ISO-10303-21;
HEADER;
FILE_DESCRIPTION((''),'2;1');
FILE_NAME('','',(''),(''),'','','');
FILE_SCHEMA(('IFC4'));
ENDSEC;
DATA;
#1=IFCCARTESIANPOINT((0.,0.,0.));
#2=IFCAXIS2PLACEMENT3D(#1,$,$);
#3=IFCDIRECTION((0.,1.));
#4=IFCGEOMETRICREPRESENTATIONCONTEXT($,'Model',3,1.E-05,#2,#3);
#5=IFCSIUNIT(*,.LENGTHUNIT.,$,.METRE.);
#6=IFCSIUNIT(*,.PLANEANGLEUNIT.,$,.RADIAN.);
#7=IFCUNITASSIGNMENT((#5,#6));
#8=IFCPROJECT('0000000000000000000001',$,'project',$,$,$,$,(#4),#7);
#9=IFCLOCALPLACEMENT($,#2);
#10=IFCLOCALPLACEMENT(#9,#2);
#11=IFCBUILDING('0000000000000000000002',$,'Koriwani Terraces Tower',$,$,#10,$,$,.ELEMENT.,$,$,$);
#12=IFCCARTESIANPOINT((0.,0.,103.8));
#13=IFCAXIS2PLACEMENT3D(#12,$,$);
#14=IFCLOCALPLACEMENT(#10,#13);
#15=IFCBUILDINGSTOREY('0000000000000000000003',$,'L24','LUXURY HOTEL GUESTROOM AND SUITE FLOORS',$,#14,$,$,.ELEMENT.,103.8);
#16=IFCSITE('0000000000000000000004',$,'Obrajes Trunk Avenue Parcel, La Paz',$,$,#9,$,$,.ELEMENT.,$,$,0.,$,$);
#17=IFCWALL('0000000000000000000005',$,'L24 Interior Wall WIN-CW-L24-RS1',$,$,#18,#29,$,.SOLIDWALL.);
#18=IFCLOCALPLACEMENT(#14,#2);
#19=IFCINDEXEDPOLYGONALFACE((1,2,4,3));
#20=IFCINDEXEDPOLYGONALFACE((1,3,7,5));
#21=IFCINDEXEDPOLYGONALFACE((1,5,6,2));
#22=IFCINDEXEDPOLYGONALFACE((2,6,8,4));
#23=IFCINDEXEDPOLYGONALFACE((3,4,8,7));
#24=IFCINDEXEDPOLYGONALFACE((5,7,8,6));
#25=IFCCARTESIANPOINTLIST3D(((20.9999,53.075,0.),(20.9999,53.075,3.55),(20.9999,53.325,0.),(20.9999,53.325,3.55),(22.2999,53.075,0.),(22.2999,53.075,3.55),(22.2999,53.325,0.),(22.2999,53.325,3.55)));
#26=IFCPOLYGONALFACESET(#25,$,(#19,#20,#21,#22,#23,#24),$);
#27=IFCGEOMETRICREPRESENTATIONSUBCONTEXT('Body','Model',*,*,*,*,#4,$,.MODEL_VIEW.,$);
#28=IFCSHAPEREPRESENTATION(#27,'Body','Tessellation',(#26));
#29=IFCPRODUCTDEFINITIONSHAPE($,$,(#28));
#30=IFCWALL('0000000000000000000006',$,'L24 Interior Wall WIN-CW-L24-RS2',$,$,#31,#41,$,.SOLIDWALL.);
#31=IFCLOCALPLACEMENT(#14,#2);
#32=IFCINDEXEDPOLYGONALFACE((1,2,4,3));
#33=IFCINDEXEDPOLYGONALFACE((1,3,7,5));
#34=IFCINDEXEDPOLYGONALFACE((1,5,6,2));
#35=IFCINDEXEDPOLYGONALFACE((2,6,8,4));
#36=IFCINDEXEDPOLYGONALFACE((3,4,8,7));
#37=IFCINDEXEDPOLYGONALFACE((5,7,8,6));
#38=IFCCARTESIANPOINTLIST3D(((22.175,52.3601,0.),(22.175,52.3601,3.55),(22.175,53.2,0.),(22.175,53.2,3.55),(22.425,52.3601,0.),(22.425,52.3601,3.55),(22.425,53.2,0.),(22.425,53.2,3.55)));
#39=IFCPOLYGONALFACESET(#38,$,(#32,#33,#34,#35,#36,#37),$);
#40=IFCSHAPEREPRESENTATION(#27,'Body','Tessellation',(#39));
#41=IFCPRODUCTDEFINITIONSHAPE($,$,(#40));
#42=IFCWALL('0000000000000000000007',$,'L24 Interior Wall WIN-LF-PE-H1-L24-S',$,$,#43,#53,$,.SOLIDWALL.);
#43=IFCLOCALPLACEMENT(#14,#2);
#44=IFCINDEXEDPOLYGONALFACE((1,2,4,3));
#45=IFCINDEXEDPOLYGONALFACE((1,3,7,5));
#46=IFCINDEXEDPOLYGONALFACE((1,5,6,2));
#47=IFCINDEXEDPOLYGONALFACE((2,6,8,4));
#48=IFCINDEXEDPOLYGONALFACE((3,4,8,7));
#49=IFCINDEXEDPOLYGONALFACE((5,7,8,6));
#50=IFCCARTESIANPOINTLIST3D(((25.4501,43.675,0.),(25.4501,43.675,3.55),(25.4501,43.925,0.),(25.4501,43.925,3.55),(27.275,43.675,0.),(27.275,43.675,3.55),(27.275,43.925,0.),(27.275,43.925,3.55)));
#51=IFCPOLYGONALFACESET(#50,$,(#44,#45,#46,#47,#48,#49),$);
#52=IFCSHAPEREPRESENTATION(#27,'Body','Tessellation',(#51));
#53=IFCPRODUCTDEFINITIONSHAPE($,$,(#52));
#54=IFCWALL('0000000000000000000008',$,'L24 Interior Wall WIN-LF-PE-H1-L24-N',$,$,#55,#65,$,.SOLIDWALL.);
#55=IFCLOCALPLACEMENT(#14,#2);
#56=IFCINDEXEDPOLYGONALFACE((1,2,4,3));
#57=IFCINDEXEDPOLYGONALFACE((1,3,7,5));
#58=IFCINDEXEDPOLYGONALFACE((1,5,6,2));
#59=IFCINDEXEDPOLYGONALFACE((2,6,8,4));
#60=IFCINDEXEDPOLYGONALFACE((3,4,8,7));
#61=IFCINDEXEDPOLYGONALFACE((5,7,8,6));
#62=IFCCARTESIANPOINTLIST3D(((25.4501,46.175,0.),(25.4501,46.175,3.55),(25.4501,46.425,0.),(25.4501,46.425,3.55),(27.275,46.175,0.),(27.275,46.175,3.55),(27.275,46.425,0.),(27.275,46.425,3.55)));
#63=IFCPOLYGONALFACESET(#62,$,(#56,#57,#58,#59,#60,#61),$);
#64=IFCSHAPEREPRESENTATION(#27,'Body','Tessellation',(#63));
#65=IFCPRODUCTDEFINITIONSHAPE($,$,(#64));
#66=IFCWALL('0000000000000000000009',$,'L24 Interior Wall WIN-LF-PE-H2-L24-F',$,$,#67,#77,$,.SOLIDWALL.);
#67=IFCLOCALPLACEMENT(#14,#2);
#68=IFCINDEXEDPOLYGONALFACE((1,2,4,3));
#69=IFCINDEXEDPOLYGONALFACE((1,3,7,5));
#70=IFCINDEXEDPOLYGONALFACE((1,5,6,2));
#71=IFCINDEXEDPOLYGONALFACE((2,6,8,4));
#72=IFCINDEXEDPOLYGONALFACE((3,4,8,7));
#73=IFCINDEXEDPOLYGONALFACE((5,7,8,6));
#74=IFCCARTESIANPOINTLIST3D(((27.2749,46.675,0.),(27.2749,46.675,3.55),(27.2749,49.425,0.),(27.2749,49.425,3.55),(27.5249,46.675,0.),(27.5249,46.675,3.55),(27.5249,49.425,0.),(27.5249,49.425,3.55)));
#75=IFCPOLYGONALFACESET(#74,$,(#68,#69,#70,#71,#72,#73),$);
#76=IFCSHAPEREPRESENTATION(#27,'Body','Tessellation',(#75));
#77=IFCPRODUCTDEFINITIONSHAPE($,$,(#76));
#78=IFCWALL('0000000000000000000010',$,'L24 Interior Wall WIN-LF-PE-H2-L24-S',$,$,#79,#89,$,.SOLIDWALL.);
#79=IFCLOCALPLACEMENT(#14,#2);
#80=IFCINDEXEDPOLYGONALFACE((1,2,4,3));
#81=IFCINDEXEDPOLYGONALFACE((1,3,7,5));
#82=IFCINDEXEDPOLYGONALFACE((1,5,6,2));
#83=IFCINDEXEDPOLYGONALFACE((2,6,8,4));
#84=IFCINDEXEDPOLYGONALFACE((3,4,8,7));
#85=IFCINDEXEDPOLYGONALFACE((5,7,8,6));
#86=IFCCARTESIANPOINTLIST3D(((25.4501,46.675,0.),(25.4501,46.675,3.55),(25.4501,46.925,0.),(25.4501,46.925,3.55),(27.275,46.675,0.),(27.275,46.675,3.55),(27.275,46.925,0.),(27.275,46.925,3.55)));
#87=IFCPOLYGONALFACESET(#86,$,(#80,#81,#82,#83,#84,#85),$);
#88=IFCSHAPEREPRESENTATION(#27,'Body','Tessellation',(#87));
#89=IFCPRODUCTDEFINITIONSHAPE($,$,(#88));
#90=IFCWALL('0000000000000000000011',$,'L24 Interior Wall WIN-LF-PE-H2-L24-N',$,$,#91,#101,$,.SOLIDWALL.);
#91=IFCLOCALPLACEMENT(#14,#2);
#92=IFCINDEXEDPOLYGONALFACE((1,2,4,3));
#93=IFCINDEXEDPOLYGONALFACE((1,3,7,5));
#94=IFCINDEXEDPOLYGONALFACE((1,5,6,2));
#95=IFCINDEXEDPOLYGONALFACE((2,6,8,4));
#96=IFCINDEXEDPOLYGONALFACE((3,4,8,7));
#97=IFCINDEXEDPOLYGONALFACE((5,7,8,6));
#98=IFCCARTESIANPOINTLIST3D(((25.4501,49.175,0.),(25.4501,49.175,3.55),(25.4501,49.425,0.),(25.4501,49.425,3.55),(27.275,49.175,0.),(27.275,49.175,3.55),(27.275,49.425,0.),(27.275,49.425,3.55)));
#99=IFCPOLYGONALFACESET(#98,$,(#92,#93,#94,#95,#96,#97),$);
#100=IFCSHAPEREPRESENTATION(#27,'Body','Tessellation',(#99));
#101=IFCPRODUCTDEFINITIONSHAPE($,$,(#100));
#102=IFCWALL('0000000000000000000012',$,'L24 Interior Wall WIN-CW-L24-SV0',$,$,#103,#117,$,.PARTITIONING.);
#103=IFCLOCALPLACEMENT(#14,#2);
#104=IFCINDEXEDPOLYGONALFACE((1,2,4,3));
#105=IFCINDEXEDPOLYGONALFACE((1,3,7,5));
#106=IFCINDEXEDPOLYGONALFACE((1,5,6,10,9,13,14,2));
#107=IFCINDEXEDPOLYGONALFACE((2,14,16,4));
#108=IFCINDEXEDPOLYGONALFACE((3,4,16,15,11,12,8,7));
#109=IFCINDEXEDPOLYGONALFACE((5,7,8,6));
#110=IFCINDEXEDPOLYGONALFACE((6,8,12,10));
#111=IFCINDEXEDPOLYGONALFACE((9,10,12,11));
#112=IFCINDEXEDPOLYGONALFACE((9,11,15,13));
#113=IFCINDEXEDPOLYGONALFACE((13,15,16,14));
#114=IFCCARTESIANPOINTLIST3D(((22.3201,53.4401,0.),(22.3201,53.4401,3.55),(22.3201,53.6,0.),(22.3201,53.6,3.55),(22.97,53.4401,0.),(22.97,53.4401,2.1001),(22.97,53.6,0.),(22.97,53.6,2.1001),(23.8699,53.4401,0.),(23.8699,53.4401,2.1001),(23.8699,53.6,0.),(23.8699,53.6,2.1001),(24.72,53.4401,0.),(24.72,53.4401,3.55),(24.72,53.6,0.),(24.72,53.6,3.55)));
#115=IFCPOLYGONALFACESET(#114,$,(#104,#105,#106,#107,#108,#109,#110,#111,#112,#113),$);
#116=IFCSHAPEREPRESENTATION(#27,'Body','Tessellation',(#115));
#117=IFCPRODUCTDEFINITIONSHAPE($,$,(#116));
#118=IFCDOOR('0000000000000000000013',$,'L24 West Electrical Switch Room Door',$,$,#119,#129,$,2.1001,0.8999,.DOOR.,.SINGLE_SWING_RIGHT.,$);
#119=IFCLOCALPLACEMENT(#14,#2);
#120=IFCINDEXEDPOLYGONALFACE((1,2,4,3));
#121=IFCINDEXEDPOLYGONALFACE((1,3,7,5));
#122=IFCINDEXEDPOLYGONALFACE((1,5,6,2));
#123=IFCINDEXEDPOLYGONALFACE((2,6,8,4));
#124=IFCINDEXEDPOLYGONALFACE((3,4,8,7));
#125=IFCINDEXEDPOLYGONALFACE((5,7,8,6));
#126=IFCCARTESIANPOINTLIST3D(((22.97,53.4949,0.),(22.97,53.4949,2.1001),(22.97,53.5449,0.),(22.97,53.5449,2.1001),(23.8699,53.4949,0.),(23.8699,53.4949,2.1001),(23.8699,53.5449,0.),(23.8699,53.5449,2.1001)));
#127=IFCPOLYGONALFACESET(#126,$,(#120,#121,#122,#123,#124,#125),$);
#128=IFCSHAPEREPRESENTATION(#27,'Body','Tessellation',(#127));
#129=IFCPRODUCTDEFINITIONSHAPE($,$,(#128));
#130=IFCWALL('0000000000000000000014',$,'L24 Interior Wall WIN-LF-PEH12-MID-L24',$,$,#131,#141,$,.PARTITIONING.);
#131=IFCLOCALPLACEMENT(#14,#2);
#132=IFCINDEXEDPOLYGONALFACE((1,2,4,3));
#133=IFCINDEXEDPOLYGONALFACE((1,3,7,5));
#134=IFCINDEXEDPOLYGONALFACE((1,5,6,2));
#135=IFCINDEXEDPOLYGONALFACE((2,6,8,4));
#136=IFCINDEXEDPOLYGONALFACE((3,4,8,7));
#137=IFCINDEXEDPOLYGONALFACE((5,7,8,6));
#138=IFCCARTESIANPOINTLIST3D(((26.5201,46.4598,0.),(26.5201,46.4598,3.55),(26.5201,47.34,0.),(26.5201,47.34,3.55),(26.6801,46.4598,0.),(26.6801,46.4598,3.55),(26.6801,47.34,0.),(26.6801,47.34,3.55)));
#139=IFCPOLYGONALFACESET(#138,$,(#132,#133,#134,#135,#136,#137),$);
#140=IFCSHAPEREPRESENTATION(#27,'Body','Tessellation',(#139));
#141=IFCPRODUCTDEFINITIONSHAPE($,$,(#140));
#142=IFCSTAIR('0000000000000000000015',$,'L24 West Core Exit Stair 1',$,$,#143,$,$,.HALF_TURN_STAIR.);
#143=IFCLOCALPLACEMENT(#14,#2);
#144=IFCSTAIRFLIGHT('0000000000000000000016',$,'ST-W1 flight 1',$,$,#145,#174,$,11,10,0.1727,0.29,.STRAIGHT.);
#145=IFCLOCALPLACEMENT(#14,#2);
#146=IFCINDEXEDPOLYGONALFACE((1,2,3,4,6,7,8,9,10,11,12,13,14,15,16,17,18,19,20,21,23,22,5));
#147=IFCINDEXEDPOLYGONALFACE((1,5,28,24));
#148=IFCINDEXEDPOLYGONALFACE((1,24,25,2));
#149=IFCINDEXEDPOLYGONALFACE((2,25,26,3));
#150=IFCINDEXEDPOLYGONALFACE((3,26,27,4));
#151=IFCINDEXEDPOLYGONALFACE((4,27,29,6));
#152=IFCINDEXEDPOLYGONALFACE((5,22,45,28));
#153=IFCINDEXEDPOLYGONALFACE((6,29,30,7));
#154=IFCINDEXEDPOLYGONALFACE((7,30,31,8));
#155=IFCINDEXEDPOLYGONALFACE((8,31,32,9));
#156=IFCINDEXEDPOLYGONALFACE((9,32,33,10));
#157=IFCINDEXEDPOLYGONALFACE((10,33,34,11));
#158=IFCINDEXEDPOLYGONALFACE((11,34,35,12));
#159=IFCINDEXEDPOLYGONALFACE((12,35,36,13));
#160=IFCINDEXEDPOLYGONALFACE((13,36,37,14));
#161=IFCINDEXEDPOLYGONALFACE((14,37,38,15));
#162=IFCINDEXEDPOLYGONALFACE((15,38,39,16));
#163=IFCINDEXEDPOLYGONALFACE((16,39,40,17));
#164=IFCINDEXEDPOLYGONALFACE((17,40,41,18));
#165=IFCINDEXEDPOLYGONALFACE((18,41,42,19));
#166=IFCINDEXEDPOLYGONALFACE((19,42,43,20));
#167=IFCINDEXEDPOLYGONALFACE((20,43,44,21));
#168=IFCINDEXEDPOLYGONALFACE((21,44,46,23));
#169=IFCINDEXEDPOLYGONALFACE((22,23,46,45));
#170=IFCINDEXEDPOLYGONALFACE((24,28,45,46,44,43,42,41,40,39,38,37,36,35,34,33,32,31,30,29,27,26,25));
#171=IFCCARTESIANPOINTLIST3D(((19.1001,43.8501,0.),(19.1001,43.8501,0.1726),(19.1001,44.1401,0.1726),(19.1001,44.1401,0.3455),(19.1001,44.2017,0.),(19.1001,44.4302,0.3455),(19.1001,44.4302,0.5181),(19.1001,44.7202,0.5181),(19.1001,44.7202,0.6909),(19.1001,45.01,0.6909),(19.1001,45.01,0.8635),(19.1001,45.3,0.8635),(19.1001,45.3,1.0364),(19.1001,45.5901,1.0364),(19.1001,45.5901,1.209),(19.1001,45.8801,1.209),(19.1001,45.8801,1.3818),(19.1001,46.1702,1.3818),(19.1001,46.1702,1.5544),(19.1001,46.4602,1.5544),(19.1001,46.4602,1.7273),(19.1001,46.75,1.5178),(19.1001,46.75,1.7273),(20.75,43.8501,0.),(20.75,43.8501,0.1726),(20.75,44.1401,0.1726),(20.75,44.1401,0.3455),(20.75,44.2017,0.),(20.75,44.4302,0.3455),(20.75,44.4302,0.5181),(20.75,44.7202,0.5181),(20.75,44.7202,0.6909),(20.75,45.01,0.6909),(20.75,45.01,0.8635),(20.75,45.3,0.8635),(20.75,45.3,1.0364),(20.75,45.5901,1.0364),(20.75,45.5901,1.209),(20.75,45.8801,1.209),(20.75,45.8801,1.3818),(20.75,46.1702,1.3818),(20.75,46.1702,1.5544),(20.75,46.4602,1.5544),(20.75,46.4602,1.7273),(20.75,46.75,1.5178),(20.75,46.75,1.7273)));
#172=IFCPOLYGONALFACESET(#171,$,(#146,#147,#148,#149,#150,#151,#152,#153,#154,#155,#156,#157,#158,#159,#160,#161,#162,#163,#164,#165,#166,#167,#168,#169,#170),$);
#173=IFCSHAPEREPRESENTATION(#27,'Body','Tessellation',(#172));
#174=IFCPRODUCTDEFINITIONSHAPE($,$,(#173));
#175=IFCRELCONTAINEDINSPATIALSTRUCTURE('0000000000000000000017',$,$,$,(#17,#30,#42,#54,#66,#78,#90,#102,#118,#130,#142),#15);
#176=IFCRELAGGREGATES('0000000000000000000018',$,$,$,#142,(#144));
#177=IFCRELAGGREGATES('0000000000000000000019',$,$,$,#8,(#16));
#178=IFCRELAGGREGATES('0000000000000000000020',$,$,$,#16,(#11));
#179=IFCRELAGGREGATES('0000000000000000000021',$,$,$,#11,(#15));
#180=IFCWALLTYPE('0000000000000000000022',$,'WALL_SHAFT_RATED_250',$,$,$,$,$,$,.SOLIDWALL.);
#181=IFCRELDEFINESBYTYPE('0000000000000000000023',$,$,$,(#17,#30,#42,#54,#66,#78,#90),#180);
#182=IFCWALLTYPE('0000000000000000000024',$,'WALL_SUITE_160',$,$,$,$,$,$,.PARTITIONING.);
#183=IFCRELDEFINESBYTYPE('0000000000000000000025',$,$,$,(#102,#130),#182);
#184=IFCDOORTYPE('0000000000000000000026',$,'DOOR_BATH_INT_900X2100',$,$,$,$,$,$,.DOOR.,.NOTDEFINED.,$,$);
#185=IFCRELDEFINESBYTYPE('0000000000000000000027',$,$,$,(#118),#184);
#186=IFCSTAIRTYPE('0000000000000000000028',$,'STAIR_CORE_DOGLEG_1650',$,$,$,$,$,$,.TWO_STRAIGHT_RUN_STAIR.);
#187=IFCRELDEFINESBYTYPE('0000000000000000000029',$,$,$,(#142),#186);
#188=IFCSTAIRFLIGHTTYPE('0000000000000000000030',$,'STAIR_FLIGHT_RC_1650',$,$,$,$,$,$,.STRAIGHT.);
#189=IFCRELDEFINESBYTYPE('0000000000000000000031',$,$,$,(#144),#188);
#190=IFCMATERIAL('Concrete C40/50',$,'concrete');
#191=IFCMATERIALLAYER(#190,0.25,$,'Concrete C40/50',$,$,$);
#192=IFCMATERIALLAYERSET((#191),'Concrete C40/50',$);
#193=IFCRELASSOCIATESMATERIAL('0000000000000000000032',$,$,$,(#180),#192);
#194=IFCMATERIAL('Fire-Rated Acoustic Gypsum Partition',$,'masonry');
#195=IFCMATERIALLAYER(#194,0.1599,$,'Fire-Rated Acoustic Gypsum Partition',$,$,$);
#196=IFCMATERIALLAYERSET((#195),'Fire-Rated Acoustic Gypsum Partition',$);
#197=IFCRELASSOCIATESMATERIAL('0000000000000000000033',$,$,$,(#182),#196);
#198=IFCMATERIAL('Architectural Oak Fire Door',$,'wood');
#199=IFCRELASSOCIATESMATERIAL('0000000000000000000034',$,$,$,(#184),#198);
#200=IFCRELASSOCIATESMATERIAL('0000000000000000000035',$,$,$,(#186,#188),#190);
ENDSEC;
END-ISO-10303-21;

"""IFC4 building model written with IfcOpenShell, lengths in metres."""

from ifc_helpers import new_model, si_unit, direction, frame, frame_2d, origin, place, context, subcontext, project, spatial, polyline, rectangle, outline, extrude, material, layer, layer_set, type_object, element, fill, aggregate, save


model = new_model("IFC4")

# Units and contexts
model_context = context("Model", 3, precision=1e-05, world=origin(), true_north=direction((0.0, 1.0)))
body_context = subcontext(model_context, "Body", "Model", "MODEL_VIEW")
ifc_project = project(units=[si_unit("LENGTHUNIT", "METRE"), si_unit("PLANEANGLEUNIT", "RADIAN")], contexts=[model_context])

# Site, building, storey
site_placement = place(None, origin())
site = spatial("IfcSite", under=ifc_project, at=site_placement, Name="Obrajes Trunk Avenue Parcel, La Paz", CompositionType="ELEMENT", RefElevation=0.0)
building_placement = place(site_placement, origin())
building = spatial("IfcBuilding", under=site, at=building_placement, Name="Koriwani Terraces Tower", CompositionType="ELEMENT")
storey_placement = place(building_placement, frame((0.0, 0.0, 103.8)))
storey = spatial("IfcBuildingStorey", under=building, at=storey_placement, Name="L24", Description="LUXURY HOTEL GUESTROOM AND SUITE FLOORS", CompositionType="ELEMENT", Elevation=103.8)

# Shared definitions
ifc_material_1 = material(Name="Architectural Oak Fire Door", Category="wood")

# Shared definitions
ifc_material_2 = material(Name="Concrete C40/50", Category="concrete")
ifc_layer_1 = layer(ifc_material_2, 0.25, Name="Concrete C40/50")
ifc_layer_set_1 = layer_set([ifc_layer_1], Name="Concrete C40/50")
wall_type_1 = type_object("IfcWallType", Name="WALL_SHAFT_RATED_250", PredefinedType="SOLIDWALL", material=ifc_layer_set_1)

# Walls
wall_1_placement = place(storey_placement, frame((21.0, 53.2, 0.0), z_axis=(0.0, 0.0, 1.0), x_axis=(1.0, 0.0, 0.0)))
element("IfcWall", 1, at=wall_1_placement, inside=storey, type_object=wall_type_1, Name="L24 Interior Wall WIN-CW-L24-RS1", PredefinedType="SOLIDWALL", context=body_context, shape_type="SweptSolid", body=[
    extrude(rectangle(XDim=1.3, YDim=0.25, at=frame_2d((0.6499, 0.0))), origin(), (0.0, 0.0, 1.0), 3.55),
])
wall_2_placement = place(storey_placement, frame((22.3, 52.3601, 0.0), z_axis=(0.0, 0.0, 1.0), x_axis=(0.0, 1.0, 0.0)))
element("IfcWall", 2, at=wall_2_placement, inside=storey, type_object=wall_type_1, Name="L24 Interior Wall WIN-CW-L24-RS2", PredefinedType="SOLIDWALL", context=body_context, shape_type="SweptSolid", body=[
    extrude(rectangle(XDim=0.8398, YDim=0.25, at=frame_2d((0.4199, 0.0))), origin(), (0.0, 0.0, 1.0), 3.55),
])
for number, where, z_axis, x_axis, name in (
    (3, (25.45, 43.8, 0.0), (0.0, 0.0, 1.0), (1.0, 0.0, 0.0), "L24 Interior Wall WIN-LF-PE-H1-L24-S"),
    (4, (25.45, 46.3, 0.0), (0.0, 0.0, 1.0), (1.0, 0.0, 0.0), "L24 Interior Wall WIN-LF-PE-H1-L24-N"),
):
    element("IfcWall", number, at=place(storey_placement, frame(where, z_axis=z_axis, x_axis=x_axis)), inside=storey, type_object=wall_type_1, Name=name, PredefinedType="SOLIDWALL", context=body_context, shape_type="SweptSolid", body=[
        extrude(rectangle(XDim=1.825, YDim=0.25, at=frame_2d((0.9126, 0.0))), origin(), (0.0, 0.0, 1.0), 3.55),
    ])
wall_3_placement = place(storey_placement, frame((27.3999, 46.675, 0.0), z_axis=(0.0, 0.0, 1.0), x_axis=(0.0, 1.0, 0.0)))
element("IfcWall", 5, at=wall_3_placement, inside=storey, type_object=wall_type_1, Name="L24 Interior Wall WIN-LF-PE-H2-L24-F", PredefinedType="SOLIDWALL", context=body_context, shape_type="SweptSolid", body=[
    extrude(rectangle(XDim=2.75, YDim=0.25, at=frame_2d((1.375, 0.0))), origin(), (0.0, 0.0, 1.0), 3.55),
])
for number, where, z_axis, x_axis, name in (
    (6, (25.45, 46.8, 0.0), (0.0, 0.0, 1.0), (1.0, 0.0, 0.0), "L24 Interior Wall WIN-LF-PE-H2-L24-S"),
    (7, (25.45, 49.3, 0.0), (0.0, 0.0, 1.0), (1.0, 0.0, 0.0), "L24 Interior Wall WIN-LF-PE-H2-L24-N"),
):
    element("IfcWall", number, at=place(storey_placement, frame(where, z_axis=z_axis, x_axis=x_axis)), inside=storey, type_object=wall_type_1, Name=name, PredefinedType="SOLIDWALL", context=body_context, shape_type="SweptSolid", body=[
        extrude(rectangle(XDim=1.825, YDim=0.25, at=frame_2d((0.9126, 0.0))), origin(), (0.0, 0.0, 1.0), 3.55),
    ])

# Wall, opening, door
ifc_material_3 = material(Name="Fire-Rated Acoustic Gypsum Partition", Category="masonry")
ifc_layer_2 = layer(ifc_material_3, 0.1599, Name="Fire-Rated Acoustic Gypsum Partition")
ifc_layer_set_2 = layer_set([ifc_layer_2], Name="Fire-Rated Acoustic Gypsum Partition")
wall_type_2 = type_object("IfcWallType", Name="WALL_SUITE_160", PredefinedType="PARTITIONING", material=ifc_layer_set_2)
wall_4_placement = place(storey_placement, frame((22.3201, 53.52, 0.0), z_axis=(0.0, 0.0, 1.0), x_axis=(1.0, 0.0, 0.0)))
wall_4 = element("IfcWall", 8, at=wall_4_placement, inside=storey, type_object=wall_type_2, Name="L24 Interior Wall WIN-CW-L24-SV0", PredefinedType="PARTITIONING", context=body_context, shape_type="SweptSolid", body=[
    extrude(rectangle(XDim=2.3999, YDim=0.1599, at=frame_2d((1.2, 0.0))), origin(), (0.0, 0.0, 1.0), 3.55),
])
opening_1_placement = place(wall_4_placement, frame((0.6499, 0.0, 0.0)))
opening_1 = element("IfcOpeningElement", 9, at=opening_1_placement, cuts=wall_4, PredefinedType="OPENING", context=body_context, shape_type="SweptSolid", body=[
    extrude(rectangle(XDim=0.8999, YDim=2.1001, at=frame_2d((0.45, 1.05))), frame((0.0, 0.0898, 0.0), z_axis=(0.0, -1.0, 0.0), x_axis=(1.0, 0.0, 0.0)), (0.0, 0.0, 1.0), 0.1799),
])
door_type_1 = type_object("IfcDoorType", Name="DOOR_BATH_INT_900X2100", OperationType="NOTDEFINED", PredefinedType="DOOR", material=ifc_material_1)
door_1_placement = place(opening_1_placement, origin())
door_1 = element("IfcDoor", 10, at=door_1_placement, inside=storey, type_object=door_type_1, Name="L24 West Electrical Switch Room Door", OperationType="SINGLE_SWING_RIGHT", OverallHeight=2.1001, OverallWidth=0.8999, PredefinedType="DOOR", context=body_context, shape_type="SweptSolid", body=[
    extrude(rectangle(XDim=0.8999, YDim=2.1001, at=frame_2d((0.45, 1.05))), frame((0.0, 0.0249, 0.0), z_axis=(0.0, -1.0, 0.0), x_axis=(1.0, 0.0, 0.0)), (0.0, 0.0, 1.0), 0.05),
])
fill(opening_1, door_1)

# Wall
wall_5_placement = place(storey_placement, frame((26.6001, 46.46, 0.0), z_axis=(0.0, 0.0, 1.0), x_axis=(0.0, 1.0, 0.0)))
element("IfcWall", 11, at=wall_5_placement, inside=storey, type_object=wall_type_2, Name="L24 Interior Wall WIN-LF-PEH12-MID-L24", PredefinedType="PARTITIONING", context=body_context, shape_type="SweptSolid", body=[
    extrude(rectangle(XDim=0.8801, YDim=0.1599, at=frame_2d((0.4399, 0.0))), origin(), (0.0, 0.0, 1.0), 3.55),
])

# Stair, stair flight
stair_type = type_object("IfcStairType", Name="STAIR_CORE_DOGLEG_1650", PredefinedType="TWO_STRAIGHT_RUN_STAIR", material=ifc_material_2)
stair_1_placement = place(storey_placement, origin())
stair_1 = element("IfcStair", 12, at=stair_1_placement, inside=storey, type_object=stair_type, Name="L24 West Core Exit Stair 1", PredefinedType="HALF_TURN_STAIR")
stair_flight_type = type_object("IfcStairFlightType", Name="STAIR_FLIGHT_RC_1650", PredefinedType="STRAIGHT", material=ifc_material_2)
stair_flight_1_placement = place(storey_placement, frame((19.925, 43.8501, 0.0), z_axis=(0.0, 0.0, 1.0), x_axis=(0.0, 1.0, 0.0)))
stair_flight_1 = element("IfcStairFlight", 13, at=stair_flight_1_placement, type_object=stair_flight_type, Name="ST-W1 flight 1", NumberOfRisers=11, NumberOfTreads=10, PredefinedType="STRAIGHT", RiserHeight=0.1727, TreadLength=0.29, context=body_context, shape_type="SweptSolid", body=[
    extrude(outline(polyline([(0.0, 0.0), (0.0, 0.1726), (0.29, 0.1726), (0.29, 0.3455), (0.5801, 0.3455), (0.5801, 0.5181), (0.8701, 0.5181), (0.8701, 0.6909), (1.1599, 0.6909), (1.1599, 0.8635), (1.45, 0.8635), (1.45, 1.0364), (1.74, 1.0364), (1.74, 1.209), (2.03, 1.209), (2.03, 1.3818), (2.3201, 1.3818), (2.3201, 1.5544), (2.6101, 1.5544), (2.6101, 1.7273), (2.8999, 1.7273), (2.8999, 1.8999), (2.8999, 1.5178), (0.3516, 0.0), (0.0, 0.0)])), frame((0.0, 0.825, 0.0), z_axis=(0.0, -1.0, 0.0), x_axis=(1.0, 0.0, 0.0)), (0.0, 0.0, 1.0), 1.6499),
])
aggregate(stair_1, [stair_flight_1])

save(model, "model.ifc")
